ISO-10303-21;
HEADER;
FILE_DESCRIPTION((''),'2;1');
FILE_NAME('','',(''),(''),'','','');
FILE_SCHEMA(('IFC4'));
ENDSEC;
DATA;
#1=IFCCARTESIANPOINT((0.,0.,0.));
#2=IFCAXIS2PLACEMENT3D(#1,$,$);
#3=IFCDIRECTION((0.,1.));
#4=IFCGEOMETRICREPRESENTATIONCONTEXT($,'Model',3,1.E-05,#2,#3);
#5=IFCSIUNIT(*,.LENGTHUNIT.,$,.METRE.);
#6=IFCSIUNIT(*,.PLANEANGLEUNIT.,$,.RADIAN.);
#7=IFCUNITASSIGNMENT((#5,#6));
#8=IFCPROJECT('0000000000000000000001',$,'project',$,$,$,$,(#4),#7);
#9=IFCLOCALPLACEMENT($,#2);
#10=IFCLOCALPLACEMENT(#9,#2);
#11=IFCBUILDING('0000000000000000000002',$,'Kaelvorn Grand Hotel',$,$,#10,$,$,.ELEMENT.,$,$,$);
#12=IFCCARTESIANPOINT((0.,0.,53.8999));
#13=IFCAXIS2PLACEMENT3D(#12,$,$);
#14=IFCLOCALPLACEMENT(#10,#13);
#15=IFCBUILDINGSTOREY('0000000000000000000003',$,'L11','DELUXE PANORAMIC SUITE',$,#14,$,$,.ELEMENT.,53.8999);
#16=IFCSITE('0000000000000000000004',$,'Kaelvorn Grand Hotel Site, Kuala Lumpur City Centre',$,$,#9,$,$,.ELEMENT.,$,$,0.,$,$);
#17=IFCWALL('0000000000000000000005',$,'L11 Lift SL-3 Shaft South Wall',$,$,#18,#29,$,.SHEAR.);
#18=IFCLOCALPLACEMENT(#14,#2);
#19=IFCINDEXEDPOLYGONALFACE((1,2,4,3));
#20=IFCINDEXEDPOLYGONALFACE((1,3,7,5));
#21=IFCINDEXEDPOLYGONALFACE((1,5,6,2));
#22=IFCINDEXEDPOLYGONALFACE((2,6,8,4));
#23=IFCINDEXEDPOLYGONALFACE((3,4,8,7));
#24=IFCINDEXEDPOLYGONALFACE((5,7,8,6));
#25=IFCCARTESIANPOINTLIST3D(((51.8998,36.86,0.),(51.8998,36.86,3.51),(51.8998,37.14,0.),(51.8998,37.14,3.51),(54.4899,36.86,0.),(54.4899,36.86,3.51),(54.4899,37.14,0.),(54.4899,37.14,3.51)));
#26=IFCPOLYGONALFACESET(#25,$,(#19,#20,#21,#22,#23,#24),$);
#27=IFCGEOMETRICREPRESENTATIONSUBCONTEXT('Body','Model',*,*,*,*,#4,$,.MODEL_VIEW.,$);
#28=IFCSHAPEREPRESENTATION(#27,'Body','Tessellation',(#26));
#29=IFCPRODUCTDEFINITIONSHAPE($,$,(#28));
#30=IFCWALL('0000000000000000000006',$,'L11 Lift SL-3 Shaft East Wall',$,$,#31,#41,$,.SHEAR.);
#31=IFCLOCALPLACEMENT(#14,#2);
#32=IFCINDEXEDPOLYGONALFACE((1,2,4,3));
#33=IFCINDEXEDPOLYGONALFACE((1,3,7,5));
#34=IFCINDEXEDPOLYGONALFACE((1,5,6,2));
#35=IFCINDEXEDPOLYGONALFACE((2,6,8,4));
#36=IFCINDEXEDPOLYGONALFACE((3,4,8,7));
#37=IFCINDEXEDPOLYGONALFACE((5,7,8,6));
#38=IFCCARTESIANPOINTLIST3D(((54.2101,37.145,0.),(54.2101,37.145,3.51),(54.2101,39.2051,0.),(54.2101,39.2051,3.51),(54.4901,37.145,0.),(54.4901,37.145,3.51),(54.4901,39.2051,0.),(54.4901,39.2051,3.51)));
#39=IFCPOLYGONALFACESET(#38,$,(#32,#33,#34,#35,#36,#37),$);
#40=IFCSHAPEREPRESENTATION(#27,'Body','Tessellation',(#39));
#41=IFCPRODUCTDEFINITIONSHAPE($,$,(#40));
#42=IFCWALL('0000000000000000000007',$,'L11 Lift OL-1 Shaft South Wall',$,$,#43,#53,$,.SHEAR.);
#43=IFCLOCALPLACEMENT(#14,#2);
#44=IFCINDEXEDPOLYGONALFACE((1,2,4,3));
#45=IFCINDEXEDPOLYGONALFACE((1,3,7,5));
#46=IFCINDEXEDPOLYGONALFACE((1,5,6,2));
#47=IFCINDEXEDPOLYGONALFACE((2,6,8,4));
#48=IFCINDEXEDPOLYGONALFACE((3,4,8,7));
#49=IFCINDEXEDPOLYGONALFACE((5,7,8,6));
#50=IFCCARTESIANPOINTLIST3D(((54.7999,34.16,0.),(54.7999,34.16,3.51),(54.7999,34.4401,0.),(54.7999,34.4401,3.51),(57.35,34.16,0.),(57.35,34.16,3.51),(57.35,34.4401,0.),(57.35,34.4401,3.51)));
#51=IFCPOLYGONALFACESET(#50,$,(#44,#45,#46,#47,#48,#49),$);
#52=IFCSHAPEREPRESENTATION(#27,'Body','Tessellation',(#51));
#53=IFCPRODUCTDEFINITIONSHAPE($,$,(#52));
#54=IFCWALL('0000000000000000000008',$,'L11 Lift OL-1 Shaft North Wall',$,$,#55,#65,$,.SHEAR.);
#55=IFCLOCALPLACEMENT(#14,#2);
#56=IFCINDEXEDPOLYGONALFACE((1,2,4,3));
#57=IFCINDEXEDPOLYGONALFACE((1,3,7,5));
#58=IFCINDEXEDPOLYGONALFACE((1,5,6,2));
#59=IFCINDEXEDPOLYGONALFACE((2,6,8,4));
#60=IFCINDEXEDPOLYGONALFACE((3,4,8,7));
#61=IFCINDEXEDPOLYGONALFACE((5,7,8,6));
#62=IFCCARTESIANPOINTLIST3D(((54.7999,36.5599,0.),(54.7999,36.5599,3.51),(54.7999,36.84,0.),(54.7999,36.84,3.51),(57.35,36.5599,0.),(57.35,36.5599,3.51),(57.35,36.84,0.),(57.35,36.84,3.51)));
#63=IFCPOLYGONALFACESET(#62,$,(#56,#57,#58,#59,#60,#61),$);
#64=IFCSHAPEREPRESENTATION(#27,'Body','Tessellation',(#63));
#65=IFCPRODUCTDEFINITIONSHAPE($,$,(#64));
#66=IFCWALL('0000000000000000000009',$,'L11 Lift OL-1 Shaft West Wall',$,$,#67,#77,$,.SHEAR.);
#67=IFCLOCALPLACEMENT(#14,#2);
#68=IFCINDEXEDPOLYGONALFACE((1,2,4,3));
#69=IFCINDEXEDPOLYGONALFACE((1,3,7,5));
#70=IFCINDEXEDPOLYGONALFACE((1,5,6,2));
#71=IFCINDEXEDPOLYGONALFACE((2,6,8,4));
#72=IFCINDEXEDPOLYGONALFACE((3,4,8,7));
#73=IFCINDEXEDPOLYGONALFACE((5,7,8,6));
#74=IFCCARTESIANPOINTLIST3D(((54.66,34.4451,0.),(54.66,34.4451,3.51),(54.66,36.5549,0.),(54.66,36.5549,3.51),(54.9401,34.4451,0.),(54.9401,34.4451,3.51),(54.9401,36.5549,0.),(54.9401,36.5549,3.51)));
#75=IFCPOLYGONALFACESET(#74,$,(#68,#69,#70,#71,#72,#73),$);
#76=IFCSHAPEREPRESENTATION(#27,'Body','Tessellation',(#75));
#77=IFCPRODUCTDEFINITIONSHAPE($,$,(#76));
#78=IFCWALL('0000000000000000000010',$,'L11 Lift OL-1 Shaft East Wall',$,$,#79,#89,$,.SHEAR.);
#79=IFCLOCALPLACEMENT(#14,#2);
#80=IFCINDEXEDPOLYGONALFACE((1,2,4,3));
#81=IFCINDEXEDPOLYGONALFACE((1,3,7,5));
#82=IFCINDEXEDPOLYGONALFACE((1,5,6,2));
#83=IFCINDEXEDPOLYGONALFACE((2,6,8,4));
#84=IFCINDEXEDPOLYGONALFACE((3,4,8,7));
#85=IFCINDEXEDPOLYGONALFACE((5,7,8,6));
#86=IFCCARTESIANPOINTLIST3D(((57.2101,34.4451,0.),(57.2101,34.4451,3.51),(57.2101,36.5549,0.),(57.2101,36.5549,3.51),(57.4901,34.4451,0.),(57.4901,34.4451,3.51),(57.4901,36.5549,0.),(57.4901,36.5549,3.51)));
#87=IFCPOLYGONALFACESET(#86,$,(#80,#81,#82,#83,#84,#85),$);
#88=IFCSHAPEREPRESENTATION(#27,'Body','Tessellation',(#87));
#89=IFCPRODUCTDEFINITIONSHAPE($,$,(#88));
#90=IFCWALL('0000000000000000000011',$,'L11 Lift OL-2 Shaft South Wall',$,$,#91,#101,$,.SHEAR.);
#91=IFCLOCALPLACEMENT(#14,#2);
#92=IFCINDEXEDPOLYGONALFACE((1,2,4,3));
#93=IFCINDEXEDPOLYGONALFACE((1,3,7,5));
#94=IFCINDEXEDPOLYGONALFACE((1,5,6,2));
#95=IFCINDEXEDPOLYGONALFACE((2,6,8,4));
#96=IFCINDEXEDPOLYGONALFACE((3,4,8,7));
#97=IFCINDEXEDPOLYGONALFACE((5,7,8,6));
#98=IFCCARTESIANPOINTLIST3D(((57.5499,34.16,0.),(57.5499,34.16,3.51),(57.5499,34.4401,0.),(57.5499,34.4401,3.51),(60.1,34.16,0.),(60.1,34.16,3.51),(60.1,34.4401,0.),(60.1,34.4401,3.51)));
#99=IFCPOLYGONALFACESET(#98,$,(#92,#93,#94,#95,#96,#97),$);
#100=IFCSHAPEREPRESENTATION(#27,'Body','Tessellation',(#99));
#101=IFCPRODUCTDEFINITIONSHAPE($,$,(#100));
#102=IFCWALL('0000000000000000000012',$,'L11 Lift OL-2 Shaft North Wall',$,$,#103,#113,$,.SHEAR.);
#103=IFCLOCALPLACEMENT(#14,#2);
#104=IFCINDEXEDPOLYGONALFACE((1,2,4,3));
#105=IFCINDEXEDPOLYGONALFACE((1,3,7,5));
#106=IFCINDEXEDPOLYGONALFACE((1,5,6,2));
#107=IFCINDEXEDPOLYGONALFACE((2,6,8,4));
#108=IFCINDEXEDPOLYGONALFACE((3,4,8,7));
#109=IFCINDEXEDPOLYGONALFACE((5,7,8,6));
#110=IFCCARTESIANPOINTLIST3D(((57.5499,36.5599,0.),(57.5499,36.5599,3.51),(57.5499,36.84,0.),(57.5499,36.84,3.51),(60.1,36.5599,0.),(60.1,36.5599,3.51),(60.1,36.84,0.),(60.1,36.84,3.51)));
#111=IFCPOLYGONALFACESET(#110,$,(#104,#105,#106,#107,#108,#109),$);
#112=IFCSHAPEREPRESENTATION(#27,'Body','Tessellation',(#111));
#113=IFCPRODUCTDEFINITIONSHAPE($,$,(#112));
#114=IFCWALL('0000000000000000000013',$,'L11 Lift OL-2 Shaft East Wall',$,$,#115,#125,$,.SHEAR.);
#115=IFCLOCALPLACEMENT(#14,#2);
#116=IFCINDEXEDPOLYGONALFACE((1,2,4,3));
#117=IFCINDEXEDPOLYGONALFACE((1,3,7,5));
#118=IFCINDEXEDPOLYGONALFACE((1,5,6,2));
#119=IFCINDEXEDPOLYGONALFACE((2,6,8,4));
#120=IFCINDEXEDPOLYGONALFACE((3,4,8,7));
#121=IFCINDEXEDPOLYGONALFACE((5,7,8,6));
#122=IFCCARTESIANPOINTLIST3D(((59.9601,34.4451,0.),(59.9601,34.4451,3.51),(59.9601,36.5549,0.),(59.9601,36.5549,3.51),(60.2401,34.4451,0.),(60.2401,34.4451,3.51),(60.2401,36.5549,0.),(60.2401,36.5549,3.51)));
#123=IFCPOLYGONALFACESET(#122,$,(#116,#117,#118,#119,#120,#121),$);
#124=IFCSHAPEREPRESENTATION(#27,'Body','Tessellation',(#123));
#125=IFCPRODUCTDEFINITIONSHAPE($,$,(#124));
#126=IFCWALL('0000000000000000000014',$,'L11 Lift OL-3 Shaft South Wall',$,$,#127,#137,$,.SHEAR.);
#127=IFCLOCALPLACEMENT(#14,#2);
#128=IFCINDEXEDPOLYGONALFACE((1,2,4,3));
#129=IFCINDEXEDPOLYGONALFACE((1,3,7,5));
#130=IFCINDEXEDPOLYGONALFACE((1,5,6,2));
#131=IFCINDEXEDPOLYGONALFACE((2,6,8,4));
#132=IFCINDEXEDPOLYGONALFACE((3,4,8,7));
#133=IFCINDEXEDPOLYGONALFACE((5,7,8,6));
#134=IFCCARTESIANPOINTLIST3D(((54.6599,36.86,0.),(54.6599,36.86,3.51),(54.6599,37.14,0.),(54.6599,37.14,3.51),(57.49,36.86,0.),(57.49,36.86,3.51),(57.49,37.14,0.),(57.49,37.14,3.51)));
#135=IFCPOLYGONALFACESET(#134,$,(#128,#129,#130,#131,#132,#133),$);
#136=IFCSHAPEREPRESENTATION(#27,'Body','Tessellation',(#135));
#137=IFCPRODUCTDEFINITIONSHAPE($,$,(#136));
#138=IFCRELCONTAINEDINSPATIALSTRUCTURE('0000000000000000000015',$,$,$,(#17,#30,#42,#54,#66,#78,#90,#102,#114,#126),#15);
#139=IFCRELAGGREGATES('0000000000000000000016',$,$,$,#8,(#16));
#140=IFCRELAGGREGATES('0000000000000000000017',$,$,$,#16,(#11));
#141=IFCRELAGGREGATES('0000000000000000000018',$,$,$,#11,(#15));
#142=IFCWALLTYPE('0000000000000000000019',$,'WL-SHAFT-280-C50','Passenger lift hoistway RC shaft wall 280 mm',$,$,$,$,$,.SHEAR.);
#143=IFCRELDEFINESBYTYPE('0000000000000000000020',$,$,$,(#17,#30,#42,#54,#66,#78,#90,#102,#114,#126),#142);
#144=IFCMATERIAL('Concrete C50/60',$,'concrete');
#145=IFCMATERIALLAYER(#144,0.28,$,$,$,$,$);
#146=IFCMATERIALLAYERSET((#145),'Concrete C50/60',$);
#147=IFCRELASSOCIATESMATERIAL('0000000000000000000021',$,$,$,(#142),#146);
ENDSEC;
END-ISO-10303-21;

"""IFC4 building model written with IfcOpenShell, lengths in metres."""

from ifc_helpers import new_model, si_unit, direction, frame, frame_2d, origin, place, context, subcontext, project, spatial, rectangle, extrude, material, layer, layer_set, type_object, element, save


model = new_model("IFC4")

# Units and contexts
model_context = context("Model", 3, precision=1e-05, world=origin(), true_north=direction((0.0, 1.0)))
body_context = subcontext(model_context, "Body", "Model", "MODEL_VIEW")
ifc_project = project(units=[si_unit("LENGTHUNIT", "METRE"), si_unit("PLANEANGLEUNIT", "RADIAN")], contexts=[model_context])

# Site, building, storey
site_placement = place(None, origin())
site = spatial("IfcSite", under=ifc_project, at=site_placement, Name="Kaelvorn Grand Hotel Site, Kuala Lumpur City Centre", CompositionType="ELEMENT", RefElevation=0.0)
building_placement = place(site_placement, origin())
building = spatial("IfcBuilding", under=site, at=building_placement, Name="Kaelvorn Grand Hotel", CompositionType="ELEMENT")
storey_placement = place(building_placement, frame((0.0, 0.0, 53.8999)))
storey = spatial("IfcBuildingStorey", under=building, at=storey_placement, Name="L11", Description="DELUXE PANORAMIC SUITE", CompositionType="ELEMENT", Elevation=53.8999)

# Walls
ifc_material_1 = material(Name="Concrete C50/60", Category="concrete")
ifc_layer_1 = layer(ifc_material_1, 0.28)
ifc_layer_set_1 = layer_set([ifc_layer_1], Name="Concrete C50/60")
wall_type_1 = type_object("IfcWallType", Name="WL-SHAFT-280-C50", Description="Passenger lift hoistway RC shaft wall 280 mm", PredefinedType="SHEAR", material=ifc_layer_set_1)
wall_1_placement = place(storey_placement, frame((51.8999, 37.0, 0.0), z_axis=(0.0, 0.0, 1.0), x_axis=(1.0, 0.0, 0.0)))
element("IfcWall", 1, at=wall_1_placement, inside=storey, type_object=wall_type_1, Name="L11 Lift SL-3 Shaft South Wall", PredefinedType="SHEAR", context=body_context, shape_type="SweptSolid", body=[
    extrude(rectangle(XDim=2.5901, YDim=0.28, at=frame_2d((1.2949, 0.0))), origin(), (0.0, 0.0, 1.0), 3.51),
])
wall_2_placement = place(storey_placement, frame((54.3501, 37.145, 0.0), z_axis=(0.0, 0.0, 1.0), x_axis=(0.0, 1.0, 0.0)))
element("IfcWall", 2, at=wall_2_placement, inside=storey, type_object=wall_type_1, Name="L11 Lift SL-3 Shaft East Wall", PredefinedType="SHEAR", context=body_context, shape_type="SweptSolid", body=[
    extrude(rectangle(XDim=2.0601, YDim=0.28, at=frame_2d((1.03, 0.0))), origin(), (0.0, 0.0, 1.0), 3.51),
])
for number, where, z_axis, x_axis, name in (
    (3, (54.8, 34.3, 0.0), (0.0, 0.0, 1.0), (1.0, 0.0, 0.0), "L11 Lift OL-1 Shaft South Wall"),
    (4, (54.8, 36.7, 0.0), (0.0, 0.0, 1.0), (1.0, 0.0, 0.0), "L11 Lift OL-1 Shaft North Wall"),
):
    element("IfcWall", number, at=place(storey_placement, frame(where, z_axis=z_axis, x_axis=x_axis)), inside=storey, type_object=wall_type_1, Name=name, PredefinedType="SHEAR", context=body_context, shape_type="SweptSolid", body=[
        extrude(rectangle(XDim=2.55, YDim=0.28, at=frame_2d((1.2749, 0.0))), origin(), (0.0, 0.0, 1.0), 3.51),
    ])
for number, where, z_axis, x_axis, name in (
    (5, (54.8, 34.4451, 0.0), (0.0, 0.0, 1.0), (0.0, 1.0, 0.0), "L11 Lift OL-1 Shaft West Wall"),
    (6, (57.3501, 34.4451, 0.0), (0.0, 0.0, 1.0), (0.0, 1.0, 0.0), "L11 Lift OL-1 Shaft East Wall"),
):
    element("IfcWall", number, at=place(storey_placement, frame(where, z_axis=z_axis, x_axis=x_axis)), inside=storey, type_object=wall_type_1, Name=name, PredefinedType="SHEAR", context=body_context, shape_type="SweptSolid", body=[
        extrude(rectangle(XDim=2.1099, YDim=0.28, at=frame_2d((1.0549, 0.0))), origin(), (0.0, 0.0, 1.0), 3.51),
    ])
for number, where, z_axis, x_axis, name in (
    (7, (57.55, 34.3, 0.0), (0.0, 0.0, 1.0), (1.0, 0.0, 0.0), "L11 Lift OL-2 Shaft South Wall"),
    (8, (57.55, 36.7, 0.0), (0.0, 0.0, 1.0), (1.0, 0.0, 0.0), "L11 Lift OL-2 Shaft North Wall"),
):
    element("IfcWall", number, at=place(storey_placement, frame(where, z_axis=z_axis, x_axis=x_axis)), inside=storey, type_object=wall_type_1, Name=name, PredefinedType="SHEAR", context=body_context, shape_type="SweptSolid", body=[
        extrude(rectangle(XDim=2.55, YDim=0.28, at=frame_2d((1.2749, 0.0))), origin(), (0.0, 0.0, 1.0), 3.51),
    ])
wall_3_placement = place(storey_placement, frame((60.1001, 34.4451, 0.0), z_axis=(0.0, 0.0, 1.0), x_axis=(0.0, 1.0, 0.0)))
element("IfcWall", 9, at=wall_3_placement, inside=storey, type_object=wall_type_1, Name="L11 Lift OL-2 Shaft East Wall", PredefinedType="SHEAR", context=body_context, shape_type="SweptSolid", body=[
    extrude(rectangle(XDim=2.1099, YDim=0.28, at=frame_2d((1.0549, 0.0))), origin(), (0.0, 0.0, 1.0), 3.51),
])
wall_4_placement = place(storey_placement, frame((54.6599, 37.0, 0.0), z_axis=(0.0, 0.0, 1.0), x_axis=(1.0, 0.0, 0.0)))
element("IfcWall", 10, at=wall_4_placement, inside=storey, type_object=wall_type_1, Name="L11 Lift OL-3 Shaft South Wall", PredefinedType="SHEAR", context=body_context, shape_type="SweptSolid", body=[
    extrude(rectangle(XDim=2.8301, YDim=0.28, at=frame_2d((1.415, 0.0))), origin(), (0.0, 0.0, 1.0), 3.51),
])

save(model, "model.ifc")
